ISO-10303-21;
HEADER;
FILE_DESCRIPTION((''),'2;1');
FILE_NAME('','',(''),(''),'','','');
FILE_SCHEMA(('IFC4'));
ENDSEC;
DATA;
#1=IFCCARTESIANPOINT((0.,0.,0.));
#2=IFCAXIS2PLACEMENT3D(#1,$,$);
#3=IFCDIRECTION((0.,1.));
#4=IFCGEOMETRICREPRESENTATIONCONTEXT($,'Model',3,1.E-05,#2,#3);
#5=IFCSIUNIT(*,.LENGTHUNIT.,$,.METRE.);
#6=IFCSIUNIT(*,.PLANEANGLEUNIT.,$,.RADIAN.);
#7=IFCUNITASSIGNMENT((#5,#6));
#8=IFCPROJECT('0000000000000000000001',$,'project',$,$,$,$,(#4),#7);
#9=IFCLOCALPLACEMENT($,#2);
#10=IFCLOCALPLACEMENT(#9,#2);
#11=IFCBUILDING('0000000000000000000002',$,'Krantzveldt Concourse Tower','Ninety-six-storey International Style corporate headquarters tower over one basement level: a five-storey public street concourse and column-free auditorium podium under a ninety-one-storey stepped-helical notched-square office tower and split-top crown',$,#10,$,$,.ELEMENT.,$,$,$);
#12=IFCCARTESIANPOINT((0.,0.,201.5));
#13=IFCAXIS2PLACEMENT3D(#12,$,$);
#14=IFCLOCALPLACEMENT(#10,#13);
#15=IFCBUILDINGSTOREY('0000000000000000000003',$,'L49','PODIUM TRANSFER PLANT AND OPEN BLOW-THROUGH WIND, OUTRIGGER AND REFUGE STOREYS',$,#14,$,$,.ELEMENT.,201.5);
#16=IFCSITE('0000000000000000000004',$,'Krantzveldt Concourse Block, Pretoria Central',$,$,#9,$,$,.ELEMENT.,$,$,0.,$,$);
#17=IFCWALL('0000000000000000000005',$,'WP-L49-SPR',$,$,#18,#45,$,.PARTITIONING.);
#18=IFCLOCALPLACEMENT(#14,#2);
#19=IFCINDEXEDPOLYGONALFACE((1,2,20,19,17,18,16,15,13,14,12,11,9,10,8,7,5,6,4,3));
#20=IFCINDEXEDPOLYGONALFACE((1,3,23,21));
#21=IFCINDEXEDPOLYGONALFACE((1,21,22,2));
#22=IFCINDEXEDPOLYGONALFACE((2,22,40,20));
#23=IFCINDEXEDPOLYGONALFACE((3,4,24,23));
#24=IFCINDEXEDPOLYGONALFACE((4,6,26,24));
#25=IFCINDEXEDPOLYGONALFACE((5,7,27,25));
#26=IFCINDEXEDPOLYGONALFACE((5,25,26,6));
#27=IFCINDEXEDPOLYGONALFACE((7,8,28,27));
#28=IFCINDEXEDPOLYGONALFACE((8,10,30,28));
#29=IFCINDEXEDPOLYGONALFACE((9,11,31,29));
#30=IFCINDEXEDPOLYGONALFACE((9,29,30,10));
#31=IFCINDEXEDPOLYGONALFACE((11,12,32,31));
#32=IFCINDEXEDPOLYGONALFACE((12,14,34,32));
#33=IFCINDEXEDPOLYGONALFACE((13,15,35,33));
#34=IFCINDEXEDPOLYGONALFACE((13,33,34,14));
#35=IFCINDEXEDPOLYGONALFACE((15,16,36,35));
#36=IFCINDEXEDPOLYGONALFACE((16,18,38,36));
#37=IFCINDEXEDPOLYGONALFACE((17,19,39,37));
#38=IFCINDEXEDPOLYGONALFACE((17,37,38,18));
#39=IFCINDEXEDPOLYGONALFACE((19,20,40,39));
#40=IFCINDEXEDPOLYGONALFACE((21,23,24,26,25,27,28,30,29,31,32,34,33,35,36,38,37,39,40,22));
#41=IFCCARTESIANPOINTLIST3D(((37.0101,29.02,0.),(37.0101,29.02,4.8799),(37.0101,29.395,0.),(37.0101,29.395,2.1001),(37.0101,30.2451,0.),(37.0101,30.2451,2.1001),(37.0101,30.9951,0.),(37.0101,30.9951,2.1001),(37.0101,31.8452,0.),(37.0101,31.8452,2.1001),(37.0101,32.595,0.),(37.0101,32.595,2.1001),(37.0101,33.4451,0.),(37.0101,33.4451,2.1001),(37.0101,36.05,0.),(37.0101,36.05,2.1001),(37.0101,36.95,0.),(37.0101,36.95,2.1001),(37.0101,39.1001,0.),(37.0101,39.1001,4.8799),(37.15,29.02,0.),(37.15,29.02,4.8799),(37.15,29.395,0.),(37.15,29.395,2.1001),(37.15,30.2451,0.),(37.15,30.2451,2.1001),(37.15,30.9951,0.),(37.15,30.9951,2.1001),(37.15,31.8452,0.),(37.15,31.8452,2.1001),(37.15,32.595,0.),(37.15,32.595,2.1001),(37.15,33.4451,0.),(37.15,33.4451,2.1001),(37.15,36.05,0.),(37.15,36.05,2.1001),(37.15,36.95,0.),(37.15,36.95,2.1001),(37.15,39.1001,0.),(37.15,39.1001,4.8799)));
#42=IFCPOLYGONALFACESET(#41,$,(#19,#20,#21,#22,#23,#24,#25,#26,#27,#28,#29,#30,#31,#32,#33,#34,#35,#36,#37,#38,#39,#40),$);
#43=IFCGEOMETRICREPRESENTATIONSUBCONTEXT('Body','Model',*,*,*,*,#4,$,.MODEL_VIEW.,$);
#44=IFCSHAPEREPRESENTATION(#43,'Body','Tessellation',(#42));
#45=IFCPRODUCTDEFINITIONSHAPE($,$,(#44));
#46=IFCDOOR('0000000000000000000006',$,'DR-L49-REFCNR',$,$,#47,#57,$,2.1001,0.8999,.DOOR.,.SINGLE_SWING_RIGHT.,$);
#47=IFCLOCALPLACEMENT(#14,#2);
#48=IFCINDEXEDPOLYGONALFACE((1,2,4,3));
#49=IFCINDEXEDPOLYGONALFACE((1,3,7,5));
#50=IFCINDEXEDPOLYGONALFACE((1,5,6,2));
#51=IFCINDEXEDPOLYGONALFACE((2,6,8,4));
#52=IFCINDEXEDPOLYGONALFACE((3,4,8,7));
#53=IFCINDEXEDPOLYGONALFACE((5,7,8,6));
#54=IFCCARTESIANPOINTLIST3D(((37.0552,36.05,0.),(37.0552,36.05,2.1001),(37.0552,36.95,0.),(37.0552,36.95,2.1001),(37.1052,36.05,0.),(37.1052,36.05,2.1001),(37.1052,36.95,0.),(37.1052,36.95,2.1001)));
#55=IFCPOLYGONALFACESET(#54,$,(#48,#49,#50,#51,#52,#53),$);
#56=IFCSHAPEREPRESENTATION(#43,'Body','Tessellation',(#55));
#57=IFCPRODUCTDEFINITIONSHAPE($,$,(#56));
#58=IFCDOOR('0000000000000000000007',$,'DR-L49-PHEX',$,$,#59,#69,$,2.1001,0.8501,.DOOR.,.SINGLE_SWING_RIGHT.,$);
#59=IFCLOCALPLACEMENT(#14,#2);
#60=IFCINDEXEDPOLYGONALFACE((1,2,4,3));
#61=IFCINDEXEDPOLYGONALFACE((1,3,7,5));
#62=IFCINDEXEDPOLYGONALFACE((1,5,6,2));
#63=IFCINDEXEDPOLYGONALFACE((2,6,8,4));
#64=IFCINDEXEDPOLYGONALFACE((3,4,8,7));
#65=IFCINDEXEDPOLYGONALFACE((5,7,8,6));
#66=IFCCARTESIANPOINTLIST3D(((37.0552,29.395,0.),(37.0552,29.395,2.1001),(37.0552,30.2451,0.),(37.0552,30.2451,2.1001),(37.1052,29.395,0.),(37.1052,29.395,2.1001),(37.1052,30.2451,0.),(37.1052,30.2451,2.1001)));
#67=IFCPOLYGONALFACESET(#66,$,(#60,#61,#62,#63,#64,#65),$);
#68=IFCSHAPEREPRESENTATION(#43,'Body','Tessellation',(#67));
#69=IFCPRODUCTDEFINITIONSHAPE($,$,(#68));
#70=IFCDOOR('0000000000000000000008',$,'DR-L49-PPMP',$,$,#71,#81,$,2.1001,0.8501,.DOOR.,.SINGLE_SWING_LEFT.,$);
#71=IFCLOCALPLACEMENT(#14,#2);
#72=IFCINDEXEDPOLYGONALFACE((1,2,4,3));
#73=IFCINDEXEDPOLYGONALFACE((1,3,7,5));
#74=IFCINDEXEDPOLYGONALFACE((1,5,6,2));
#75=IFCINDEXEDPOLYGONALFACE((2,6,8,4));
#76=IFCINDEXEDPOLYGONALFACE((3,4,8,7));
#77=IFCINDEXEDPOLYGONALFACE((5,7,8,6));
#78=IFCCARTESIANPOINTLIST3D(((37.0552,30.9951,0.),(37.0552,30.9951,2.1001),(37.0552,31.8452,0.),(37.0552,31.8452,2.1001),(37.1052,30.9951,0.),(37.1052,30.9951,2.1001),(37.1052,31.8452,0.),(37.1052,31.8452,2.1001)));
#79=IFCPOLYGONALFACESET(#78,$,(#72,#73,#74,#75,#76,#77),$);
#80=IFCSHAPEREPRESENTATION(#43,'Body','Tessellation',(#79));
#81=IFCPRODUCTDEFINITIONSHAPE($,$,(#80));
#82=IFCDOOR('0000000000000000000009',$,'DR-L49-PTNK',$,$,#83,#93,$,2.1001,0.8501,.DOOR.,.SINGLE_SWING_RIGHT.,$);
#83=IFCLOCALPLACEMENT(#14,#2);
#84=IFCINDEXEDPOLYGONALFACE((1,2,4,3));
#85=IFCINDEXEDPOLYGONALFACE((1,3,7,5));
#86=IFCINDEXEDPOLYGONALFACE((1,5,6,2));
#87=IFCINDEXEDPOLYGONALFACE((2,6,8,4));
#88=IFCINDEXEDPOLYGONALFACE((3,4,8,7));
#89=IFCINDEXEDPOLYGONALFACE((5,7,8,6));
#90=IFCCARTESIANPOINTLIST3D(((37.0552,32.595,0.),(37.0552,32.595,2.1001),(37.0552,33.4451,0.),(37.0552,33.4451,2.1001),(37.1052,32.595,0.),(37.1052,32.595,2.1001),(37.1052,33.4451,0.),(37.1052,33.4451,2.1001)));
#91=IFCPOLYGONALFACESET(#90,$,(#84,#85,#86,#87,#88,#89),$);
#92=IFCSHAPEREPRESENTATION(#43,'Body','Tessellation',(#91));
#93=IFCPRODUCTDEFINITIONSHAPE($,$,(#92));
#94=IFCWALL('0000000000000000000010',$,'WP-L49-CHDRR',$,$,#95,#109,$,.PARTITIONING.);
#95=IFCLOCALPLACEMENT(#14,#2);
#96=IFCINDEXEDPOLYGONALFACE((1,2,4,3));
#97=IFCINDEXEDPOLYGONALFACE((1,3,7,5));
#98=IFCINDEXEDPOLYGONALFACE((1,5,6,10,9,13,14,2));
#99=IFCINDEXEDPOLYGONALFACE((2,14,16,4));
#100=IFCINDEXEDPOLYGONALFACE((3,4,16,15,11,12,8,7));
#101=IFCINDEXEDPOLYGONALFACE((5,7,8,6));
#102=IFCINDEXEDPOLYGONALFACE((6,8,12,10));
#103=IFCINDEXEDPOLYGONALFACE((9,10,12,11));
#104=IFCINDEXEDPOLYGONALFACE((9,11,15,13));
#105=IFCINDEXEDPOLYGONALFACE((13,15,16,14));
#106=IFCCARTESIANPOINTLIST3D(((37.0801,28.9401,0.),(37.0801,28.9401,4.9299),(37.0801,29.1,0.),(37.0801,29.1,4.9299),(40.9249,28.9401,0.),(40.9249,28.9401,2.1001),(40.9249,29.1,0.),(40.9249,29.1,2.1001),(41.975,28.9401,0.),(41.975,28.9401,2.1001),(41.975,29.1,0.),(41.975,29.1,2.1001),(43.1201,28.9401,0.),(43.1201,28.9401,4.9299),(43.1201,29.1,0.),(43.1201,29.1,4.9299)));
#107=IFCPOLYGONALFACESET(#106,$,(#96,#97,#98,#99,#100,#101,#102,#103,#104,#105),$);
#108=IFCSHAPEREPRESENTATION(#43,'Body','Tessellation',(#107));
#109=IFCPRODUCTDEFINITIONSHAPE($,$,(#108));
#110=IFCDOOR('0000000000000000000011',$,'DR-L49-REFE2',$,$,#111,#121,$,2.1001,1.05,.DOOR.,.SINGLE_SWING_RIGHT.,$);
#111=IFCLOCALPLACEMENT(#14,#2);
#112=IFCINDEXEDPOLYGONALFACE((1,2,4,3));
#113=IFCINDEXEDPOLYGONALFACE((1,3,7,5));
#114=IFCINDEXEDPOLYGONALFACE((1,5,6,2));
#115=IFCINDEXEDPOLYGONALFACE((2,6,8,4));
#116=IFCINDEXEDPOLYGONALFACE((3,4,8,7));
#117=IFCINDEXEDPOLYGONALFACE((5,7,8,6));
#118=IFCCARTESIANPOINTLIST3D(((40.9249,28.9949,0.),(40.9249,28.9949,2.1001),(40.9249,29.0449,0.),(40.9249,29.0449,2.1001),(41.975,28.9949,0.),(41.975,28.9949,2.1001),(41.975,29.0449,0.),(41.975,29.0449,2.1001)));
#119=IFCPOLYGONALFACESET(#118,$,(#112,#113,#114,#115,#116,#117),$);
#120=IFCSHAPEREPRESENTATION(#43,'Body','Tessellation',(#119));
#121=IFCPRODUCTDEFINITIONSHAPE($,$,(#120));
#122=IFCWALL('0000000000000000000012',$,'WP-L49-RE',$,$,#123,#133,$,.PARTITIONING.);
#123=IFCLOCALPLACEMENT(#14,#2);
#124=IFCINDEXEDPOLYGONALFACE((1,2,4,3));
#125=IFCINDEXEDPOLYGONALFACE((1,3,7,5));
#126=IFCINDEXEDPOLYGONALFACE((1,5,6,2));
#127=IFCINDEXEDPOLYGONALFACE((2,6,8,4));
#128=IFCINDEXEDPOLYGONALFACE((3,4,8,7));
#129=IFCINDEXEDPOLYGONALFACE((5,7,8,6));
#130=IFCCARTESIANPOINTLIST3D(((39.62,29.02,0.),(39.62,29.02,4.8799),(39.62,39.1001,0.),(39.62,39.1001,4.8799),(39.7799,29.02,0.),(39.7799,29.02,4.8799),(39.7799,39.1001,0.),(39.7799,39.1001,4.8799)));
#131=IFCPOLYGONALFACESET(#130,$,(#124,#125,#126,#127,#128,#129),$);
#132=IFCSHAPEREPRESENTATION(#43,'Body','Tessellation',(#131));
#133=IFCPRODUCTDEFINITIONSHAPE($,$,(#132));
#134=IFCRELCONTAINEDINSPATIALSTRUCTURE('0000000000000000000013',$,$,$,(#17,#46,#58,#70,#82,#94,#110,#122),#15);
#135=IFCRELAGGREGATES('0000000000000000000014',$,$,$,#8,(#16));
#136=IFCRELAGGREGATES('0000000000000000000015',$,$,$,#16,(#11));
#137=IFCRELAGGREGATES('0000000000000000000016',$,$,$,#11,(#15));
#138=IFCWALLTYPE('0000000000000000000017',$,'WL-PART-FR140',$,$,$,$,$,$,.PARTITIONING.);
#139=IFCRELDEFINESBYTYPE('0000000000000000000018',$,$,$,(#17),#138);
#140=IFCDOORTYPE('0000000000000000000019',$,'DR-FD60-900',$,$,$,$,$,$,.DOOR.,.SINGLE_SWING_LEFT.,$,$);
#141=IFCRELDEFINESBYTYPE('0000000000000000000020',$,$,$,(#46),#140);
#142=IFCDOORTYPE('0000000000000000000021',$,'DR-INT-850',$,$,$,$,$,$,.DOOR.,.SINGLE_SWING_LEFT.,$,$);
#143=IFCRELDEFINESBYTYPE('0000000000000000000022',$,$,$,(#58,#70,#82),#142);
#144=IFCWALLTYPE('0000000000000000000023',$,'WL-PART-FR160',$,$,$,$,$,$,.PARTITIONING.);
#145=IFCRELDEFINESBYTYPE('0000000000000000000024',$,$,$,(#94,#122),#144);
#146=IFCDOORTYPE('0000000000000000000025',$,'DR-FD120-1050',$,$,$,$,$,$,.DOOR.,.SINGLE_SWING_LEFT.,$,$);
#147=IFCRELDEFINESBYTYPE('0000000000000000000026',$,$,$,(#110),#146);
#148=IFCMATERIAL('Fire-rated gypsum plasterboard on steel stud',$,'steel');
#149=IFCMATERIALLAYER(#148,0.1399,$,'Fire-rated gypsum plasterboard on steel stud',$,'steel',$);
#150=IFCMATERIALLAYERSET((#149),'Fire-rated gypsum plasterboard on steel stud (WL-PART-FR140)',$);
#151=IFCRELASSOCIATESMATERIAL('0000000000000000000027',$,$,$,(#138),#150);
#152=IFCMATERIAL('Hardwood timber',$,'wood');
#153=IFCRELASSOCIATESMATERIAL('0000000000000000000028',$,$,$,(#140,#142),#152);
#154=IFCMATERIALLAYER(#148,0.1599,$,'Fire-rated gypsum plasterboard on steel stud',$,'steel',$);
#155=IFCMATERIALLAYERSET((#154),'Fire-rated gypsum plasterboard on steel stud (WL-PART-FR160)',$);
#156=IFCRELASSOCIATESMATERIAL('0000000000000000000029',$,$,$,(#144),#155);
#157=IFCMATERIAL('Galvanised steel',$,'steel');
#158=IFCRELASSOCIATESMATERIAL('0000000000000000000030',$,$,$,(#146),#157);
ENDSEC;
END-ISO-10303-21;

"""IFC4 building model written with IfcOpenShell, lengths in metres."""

from ifc_helpers import new_model, si_unit, direction, frame, frame_2d, origin, place, context, subcontext, project, spatial, rectangle, extrude, material, layer, layer_set, type_object, element, fill, save


model = new_model("IFC4")

# Units and contexts
model_context = context("Model", 3, precision=1e-05, world=origin(), true_north=direction((0.0, 1.0)))
body_context = subcontext(model_context, "Body", "Model", "MODEL_VIEW")
ifc_project = project(units=[si_unit("LENGTHUNIT", "METRE"), si_unit("PLANEANGLEUNIT", "RADIAN")], contexts=[model_context])

# Site, building, storey
site_placement = place(None, origin())
site = spatial("IfcSite", under=ifc_project, at=site_placement, Name="Krantzveldt Concourse Block, Pretoria Central", CompositionType="ELEMENT", RefElevation=0.0)
building_placement = place(site_placement, origin())
building = spatial("IfcBuilding", under=site, at=building_placement, Name="Krantzveldt Concourse Tower", Description="Ninety-six-storey International Style corporate headquarters tower over one basement level: a five-storey public street concourse and column-free auditorium podium under a ninety-one-storey stepped-helical notched-square office tower and split-top crown", CompositionType="ELEMENT")
storey_placement = place(building_placement, frame((0.0, 0.0, 201.5)))
storey = spatial("IfcBuildingStorey", under=building, at=storey_placement, Name="L49", Description="PODIUM TRANSFER PLANT AND OPEN BLOW-THROUGH WIND, OUTRIGGER AND REFUGE STOREYS", CompositionType="ELEMENT", Elevation=201.5)

# Wall, openings, doors
ifc_material_1 = material(Name="Fire-rated gypsum plasterboard on steel stud", Category="steel")
ifc_layer_1 = layer(ifc_material_1, 0.1399, Name="Fire-rated gypsum plasterboard on steel stud", Category="steel")
ifc_layer_set_1 = layer_set([ifc_layer_1], Name="Fire-rated gypsum plasterboard on steel stud (WL-PART-FR140)")
wall_type_1 = type_object("IfcWallType", Name="WL-PART-FR140", PredefinedType="PARTITIONING", material=ifc_layer_set_1)
ifc_material_2 = material(Name="Hardwood timber", Category="wood")
door_type_1 = type_object("IfcDoorType", Name="DR-FD60-900", OperationType="SINGLE_SWING_LEFT", PredefinedType="DOOR", material=ifc_material_2)
door_type_2 = type_object("IfcDoorType", Name="DR-INT-850", OperationType="SINGLE_SWING_LEFT", PredefinedType="DOOR", material=ifc_material_2)
wall_1_placement = place(storey_placement, frame((37.0801, 29.02, 0.0), z_axis=(0.0, 0.0, 1.0), x_axis=(0.0, 1.0, 0.0)))
wall_1 = element("IfcWall", 1, at=wall_1_placement, inside=storey, type_object=wall_type_1, Name="WP-L49-SPR", PredefinedType="PARTITIONING", context=body_context, shape_type="SweptSolid", body=[
    extrude(rectangle(XDim=10.0801, YDim=0.1399, at=frame_2d((5.04, 0.0))), origin(), (0.0, 0.0, 1.0), 4.8799),
])
opening_1_placement = place(wall_1_placement, frame((7.03, 0.0, 0.0)))
opening_1 = element("IfcOpeningElement", 2, at=opening_1_placement, cuts=wall_1, PredefinedType="OPENING", context=body_context, shape_type="SweptSolid", body=[
    extrude(rectangle(XDim=0.8999, YDim=2.1001, at=frame_2d((0.45, 1.05))), frame((0.0, 0.0801, 0.0), z_axis=(0.0, -1.0, 0.0), x_axis=(1.0, 0.0, 0.0)), (0.0, 0.0, 1.0), 0.1599),
])
opening_2_placement = place(wall_1_placement, frame((0.375, 0.0, 0.0)))
opening_2 = element("IfcOpeningElement", 3, at=opening_2_placement, cuts=wall_1, PredefinedType="OPENING", context=body_context, shape_type="SweptSolid", body=[
    extrude(rectangle(XDim=0.8501, YDim=2.1001, at=frame_2d((0.425, 1.05))), frame((0.0, 0.0801, 0.0), z_axis=(0.0, -1.0, 0.0), x_axis=(1.0, 0.0, 0.0)), (0.0, 0.0, 1.0), 0.1599),
])
opening_3_placement = place(wall_1_placement, frame((1.9751, 0.0, 0.0)))
opening_3 = element("IfcOpeningElement", 4, at=opening_3_placement, cuts=wall_1, PredefinedType="OPENING", context=body_context, shape_type="SweptSolid", body=[
    extrude(rectangle(XDim=0.8501, YDim=2.1001, at=frame_2d((0.425, 1.05))), frame((0.0, 0.0801, 0.0), z_axis=(0.0, -1.0, 0.0), x_axis=(1.0, 0.0, 0.0)), (0.0, 0.0, 1.0), 0.1599),
])
opening_4_placement = place(wall_1_placement, frame((3.575, 0.0, 0.0)))
opening_4 = element("IfcOpeningElement", 5, at=opening_4_placement, cuts=wall_1, PredefinedType="OPENING", context=body_context, shape_type="SweptSolid", body=[
    extrude(rectangle(XDim=0.8501, YDim=2.1001, at=frame_2d((0.425, 1.05))), frame((0.0, 0.0801, 0.0), z_axis=(0.0, -1.0, 0.0), x_axis=(1.0, 0.0, 0.0)), (0.0, 0.0, 1.0), 0.1599),
])
door_1_placement = place(opening_1_placement, origin())
door_1 = element("IfcDoor", 6, at=door_1_placement, inside=storey, type_object=door_type_1, Name="DR-L49-REFCNR", OperationType="SINGLE_SWING_RIGHT", OverallHeight=2.1001, OverallWidth=0.8999, PredefinedType="DOOR", context=body_context, shape_type="SweptSolid", body=[
    extrude(rectangle(XDim=0.8999, YDim=2.1001, at=frame_2d((0.45, 1.05))), frame((0.0, 0.0249, 0.0), z_axis=(0.0, -1.0, 0.0), x_axis=(1.0, 0.0, 0.0)), (0.0, 0.0, 1.0), 0.05),
])
fill(opening_1, door_1)
door_2_placement = place(opening_2_placement, origin())
door_2 = element("IfcDoor", 7, at=door_2_placement, inside=storey, type_object=door_type_2, Name="DR-L49-PHEX", OperationType="SINGLE_SWING_RIGHT", OverallHeight=2.1001, OverallWidth=0.8501, PredefinedType="DOOR", context=body_context, shape_type="SweptSolid", body=[
    extrude(rectangle(XDim=0.8501, YDim=2.1001, at=frame_2d((0.425, 1.05))), frame((0.0, 0.0249, 0.0), z_axis=(0.0, -1.0, 0.0), x_axis=(1.0, 0.0, 0.0)), (0.0, 0.0, 1.0), 0.05),
])
fill(opening_2, door_2)
door_3_placement = place(opening_3_placement, origin())
door_3 = element("IfcDoor", 8, at=door_3_placement, inside=storey, type_object=door_type_2, Name="DR-L49-PPMP", OperationType="SINGLE_SWING_LEFT", OverallHeight=2.1001, OverallWidth=0.8501, PredefinedType="DOOR", context=body_context, shape_type="SweptSolid", body=[
    extrude(rectangle(XDim=0.8501, YDim=2.1001, at=frame_2d((0.425, 1.05))), frame((0.0, 0.0249, 0.0), z_axis=(0.0, -1.0, 0.0), x_axis=(1.0, 0.0, 0.0)), (0.0, 0.0, 1.0), 0.05),
])
fill(opening_3, door_3)
door_4_placement = place(opening_4_placement, origin())
door_4 = element("IfcDoor", 9, at=door_4_placement, inside=storey, type_object=door_type_2, Name="DR-L49-PTNK", OperationType="SINGLE_SWING_RIGHT", OverallHeight=2.1001, OverallWidth=0.8501, PredefinedType="DOOR", context=body_context, shape_type="SweptSolid", body=[
    extrude(rectangle(XDim=0.8501, YDim=2.1001, at=frame_2d((0.425, 1.05))), frame((0.0, 0.0249, 0.0), z_axis=(0.0, -1.0, 0.0), x_axis=(1.0, 0.0, 0.0)), (0.0, 0.0, 1.0), 0.05),
])
fill(opening_4, door_4)

# Wall, opening, door
ifc_layer_2 = layer(ifc_material_1, 0.1599, Name="Fire-rated gypsum plasterboard on steel stud", Category="steel")
ifc_layer_set_2 = layer_set([ifc_layer_2], Name="Fire-rated gypsum plasterboard on steel stud (WL-PART-FR160)")
wall_type_2 = type_object("IfcWallType", Name="WL-PART-FR160", PredefinedType="PARTITIONING", material=ifc_layer_set_2)
wall_2_placement = place(storey_placement, frame((37.0801, 29.02, 0.0), z_axis=(0.0, 0.0, 1.0), x_axis=(1.0, 0.0, 0.0)))
wall_2 = element("IfcWall", 10, at=wall_2_placement, inside=storey, type_object=wall_type_2, Name="WP-L49-CHDRR", PredefinedType="PARTITIONING", context=body_context, shape_type="SweptSolid", body=[
    extrude(rectangle(XDim=6.04, YDim=0.1599, at=frame_2d((3.02, 0.0))), origin(), (0.0, 0.0, 1.0), 4.9299),
])
opening_5_placement = place(wall_2_placement, frame((3.845, 0.0, 0.0)))
opening_5 = element("IfcOpeningElement", 11, at=opening_5_placement, cuts=wall_2, PredefinedType="OPENING", context=body_context, shape_type="SweptSolid", body=[
    extrude(rectangle(XDim=1.05, YDim=2.1001, at=frame_2d((0.5249, 1.05))), frame((0.0, 0.0898, 0.0), z_axis=(0.0, -1.0, 0.0), x_axis=(1.0, 0.0, 0.0)), (0.0, 0.0, 1.0), 0.1799),
])
ifc_material_3 = material(Name="Galvanised steel", Category="steel")
door_type_3 = type_object("IfcDoorType", Name="DR-FD120-1050", OperationType="SINGLE_SWING_LEFT", PredefinedType="DOOR", material=ifc_material_3)
door_5_placement = place(opening_5_placement, origin())
door_5 = element("IfcDoor", 12, at=door_5_placement, inside=storey, type_object=door_type_3, Name="DR-L49-REFE2", OperationType="SINGLE_SWING_RIGHT", OverallHeight=2.1001, OverallWidth=1.05, PredefinedType="DOOR", context=body_context, shape_type="SweptSolid", body=[
    extrude(rectangle(XDim=1.05, YDim=2.1001, at=frame_2d((0.5249, 1.05))), frame((0.0, 0.0249, 0.0), z_axis=(0.0, -1.0, 0.0), x_axis=(1.0, 0.0, 0.0)), (0.0, 0.0, 1.0), 0.05),
])
fill(opening_5, door_5)

# Wall
wall_3_placement = place(storey_placement, frame((39.7, 29.02, 0.0), z_axis=(0.0, 0.0, 1.0), x_axis=(0.0, 1.0, 0.0)))
element("IfcWall", 13, at=wall_3_placement, inside=storey, type_object=wall_type_2, Name="WP-L49-RE", PredefinedType="PARTITIONING", context=body_context, shape_type="SweptSolid", body=[
    extrude(rectangle(XDim=10.0801, YDim=0.1599, at=frame_2d((5.04, 0.0))), origin(), (0.0, 0.0, 1.0), 4.8799),
])

save(model, "model.ifc")
